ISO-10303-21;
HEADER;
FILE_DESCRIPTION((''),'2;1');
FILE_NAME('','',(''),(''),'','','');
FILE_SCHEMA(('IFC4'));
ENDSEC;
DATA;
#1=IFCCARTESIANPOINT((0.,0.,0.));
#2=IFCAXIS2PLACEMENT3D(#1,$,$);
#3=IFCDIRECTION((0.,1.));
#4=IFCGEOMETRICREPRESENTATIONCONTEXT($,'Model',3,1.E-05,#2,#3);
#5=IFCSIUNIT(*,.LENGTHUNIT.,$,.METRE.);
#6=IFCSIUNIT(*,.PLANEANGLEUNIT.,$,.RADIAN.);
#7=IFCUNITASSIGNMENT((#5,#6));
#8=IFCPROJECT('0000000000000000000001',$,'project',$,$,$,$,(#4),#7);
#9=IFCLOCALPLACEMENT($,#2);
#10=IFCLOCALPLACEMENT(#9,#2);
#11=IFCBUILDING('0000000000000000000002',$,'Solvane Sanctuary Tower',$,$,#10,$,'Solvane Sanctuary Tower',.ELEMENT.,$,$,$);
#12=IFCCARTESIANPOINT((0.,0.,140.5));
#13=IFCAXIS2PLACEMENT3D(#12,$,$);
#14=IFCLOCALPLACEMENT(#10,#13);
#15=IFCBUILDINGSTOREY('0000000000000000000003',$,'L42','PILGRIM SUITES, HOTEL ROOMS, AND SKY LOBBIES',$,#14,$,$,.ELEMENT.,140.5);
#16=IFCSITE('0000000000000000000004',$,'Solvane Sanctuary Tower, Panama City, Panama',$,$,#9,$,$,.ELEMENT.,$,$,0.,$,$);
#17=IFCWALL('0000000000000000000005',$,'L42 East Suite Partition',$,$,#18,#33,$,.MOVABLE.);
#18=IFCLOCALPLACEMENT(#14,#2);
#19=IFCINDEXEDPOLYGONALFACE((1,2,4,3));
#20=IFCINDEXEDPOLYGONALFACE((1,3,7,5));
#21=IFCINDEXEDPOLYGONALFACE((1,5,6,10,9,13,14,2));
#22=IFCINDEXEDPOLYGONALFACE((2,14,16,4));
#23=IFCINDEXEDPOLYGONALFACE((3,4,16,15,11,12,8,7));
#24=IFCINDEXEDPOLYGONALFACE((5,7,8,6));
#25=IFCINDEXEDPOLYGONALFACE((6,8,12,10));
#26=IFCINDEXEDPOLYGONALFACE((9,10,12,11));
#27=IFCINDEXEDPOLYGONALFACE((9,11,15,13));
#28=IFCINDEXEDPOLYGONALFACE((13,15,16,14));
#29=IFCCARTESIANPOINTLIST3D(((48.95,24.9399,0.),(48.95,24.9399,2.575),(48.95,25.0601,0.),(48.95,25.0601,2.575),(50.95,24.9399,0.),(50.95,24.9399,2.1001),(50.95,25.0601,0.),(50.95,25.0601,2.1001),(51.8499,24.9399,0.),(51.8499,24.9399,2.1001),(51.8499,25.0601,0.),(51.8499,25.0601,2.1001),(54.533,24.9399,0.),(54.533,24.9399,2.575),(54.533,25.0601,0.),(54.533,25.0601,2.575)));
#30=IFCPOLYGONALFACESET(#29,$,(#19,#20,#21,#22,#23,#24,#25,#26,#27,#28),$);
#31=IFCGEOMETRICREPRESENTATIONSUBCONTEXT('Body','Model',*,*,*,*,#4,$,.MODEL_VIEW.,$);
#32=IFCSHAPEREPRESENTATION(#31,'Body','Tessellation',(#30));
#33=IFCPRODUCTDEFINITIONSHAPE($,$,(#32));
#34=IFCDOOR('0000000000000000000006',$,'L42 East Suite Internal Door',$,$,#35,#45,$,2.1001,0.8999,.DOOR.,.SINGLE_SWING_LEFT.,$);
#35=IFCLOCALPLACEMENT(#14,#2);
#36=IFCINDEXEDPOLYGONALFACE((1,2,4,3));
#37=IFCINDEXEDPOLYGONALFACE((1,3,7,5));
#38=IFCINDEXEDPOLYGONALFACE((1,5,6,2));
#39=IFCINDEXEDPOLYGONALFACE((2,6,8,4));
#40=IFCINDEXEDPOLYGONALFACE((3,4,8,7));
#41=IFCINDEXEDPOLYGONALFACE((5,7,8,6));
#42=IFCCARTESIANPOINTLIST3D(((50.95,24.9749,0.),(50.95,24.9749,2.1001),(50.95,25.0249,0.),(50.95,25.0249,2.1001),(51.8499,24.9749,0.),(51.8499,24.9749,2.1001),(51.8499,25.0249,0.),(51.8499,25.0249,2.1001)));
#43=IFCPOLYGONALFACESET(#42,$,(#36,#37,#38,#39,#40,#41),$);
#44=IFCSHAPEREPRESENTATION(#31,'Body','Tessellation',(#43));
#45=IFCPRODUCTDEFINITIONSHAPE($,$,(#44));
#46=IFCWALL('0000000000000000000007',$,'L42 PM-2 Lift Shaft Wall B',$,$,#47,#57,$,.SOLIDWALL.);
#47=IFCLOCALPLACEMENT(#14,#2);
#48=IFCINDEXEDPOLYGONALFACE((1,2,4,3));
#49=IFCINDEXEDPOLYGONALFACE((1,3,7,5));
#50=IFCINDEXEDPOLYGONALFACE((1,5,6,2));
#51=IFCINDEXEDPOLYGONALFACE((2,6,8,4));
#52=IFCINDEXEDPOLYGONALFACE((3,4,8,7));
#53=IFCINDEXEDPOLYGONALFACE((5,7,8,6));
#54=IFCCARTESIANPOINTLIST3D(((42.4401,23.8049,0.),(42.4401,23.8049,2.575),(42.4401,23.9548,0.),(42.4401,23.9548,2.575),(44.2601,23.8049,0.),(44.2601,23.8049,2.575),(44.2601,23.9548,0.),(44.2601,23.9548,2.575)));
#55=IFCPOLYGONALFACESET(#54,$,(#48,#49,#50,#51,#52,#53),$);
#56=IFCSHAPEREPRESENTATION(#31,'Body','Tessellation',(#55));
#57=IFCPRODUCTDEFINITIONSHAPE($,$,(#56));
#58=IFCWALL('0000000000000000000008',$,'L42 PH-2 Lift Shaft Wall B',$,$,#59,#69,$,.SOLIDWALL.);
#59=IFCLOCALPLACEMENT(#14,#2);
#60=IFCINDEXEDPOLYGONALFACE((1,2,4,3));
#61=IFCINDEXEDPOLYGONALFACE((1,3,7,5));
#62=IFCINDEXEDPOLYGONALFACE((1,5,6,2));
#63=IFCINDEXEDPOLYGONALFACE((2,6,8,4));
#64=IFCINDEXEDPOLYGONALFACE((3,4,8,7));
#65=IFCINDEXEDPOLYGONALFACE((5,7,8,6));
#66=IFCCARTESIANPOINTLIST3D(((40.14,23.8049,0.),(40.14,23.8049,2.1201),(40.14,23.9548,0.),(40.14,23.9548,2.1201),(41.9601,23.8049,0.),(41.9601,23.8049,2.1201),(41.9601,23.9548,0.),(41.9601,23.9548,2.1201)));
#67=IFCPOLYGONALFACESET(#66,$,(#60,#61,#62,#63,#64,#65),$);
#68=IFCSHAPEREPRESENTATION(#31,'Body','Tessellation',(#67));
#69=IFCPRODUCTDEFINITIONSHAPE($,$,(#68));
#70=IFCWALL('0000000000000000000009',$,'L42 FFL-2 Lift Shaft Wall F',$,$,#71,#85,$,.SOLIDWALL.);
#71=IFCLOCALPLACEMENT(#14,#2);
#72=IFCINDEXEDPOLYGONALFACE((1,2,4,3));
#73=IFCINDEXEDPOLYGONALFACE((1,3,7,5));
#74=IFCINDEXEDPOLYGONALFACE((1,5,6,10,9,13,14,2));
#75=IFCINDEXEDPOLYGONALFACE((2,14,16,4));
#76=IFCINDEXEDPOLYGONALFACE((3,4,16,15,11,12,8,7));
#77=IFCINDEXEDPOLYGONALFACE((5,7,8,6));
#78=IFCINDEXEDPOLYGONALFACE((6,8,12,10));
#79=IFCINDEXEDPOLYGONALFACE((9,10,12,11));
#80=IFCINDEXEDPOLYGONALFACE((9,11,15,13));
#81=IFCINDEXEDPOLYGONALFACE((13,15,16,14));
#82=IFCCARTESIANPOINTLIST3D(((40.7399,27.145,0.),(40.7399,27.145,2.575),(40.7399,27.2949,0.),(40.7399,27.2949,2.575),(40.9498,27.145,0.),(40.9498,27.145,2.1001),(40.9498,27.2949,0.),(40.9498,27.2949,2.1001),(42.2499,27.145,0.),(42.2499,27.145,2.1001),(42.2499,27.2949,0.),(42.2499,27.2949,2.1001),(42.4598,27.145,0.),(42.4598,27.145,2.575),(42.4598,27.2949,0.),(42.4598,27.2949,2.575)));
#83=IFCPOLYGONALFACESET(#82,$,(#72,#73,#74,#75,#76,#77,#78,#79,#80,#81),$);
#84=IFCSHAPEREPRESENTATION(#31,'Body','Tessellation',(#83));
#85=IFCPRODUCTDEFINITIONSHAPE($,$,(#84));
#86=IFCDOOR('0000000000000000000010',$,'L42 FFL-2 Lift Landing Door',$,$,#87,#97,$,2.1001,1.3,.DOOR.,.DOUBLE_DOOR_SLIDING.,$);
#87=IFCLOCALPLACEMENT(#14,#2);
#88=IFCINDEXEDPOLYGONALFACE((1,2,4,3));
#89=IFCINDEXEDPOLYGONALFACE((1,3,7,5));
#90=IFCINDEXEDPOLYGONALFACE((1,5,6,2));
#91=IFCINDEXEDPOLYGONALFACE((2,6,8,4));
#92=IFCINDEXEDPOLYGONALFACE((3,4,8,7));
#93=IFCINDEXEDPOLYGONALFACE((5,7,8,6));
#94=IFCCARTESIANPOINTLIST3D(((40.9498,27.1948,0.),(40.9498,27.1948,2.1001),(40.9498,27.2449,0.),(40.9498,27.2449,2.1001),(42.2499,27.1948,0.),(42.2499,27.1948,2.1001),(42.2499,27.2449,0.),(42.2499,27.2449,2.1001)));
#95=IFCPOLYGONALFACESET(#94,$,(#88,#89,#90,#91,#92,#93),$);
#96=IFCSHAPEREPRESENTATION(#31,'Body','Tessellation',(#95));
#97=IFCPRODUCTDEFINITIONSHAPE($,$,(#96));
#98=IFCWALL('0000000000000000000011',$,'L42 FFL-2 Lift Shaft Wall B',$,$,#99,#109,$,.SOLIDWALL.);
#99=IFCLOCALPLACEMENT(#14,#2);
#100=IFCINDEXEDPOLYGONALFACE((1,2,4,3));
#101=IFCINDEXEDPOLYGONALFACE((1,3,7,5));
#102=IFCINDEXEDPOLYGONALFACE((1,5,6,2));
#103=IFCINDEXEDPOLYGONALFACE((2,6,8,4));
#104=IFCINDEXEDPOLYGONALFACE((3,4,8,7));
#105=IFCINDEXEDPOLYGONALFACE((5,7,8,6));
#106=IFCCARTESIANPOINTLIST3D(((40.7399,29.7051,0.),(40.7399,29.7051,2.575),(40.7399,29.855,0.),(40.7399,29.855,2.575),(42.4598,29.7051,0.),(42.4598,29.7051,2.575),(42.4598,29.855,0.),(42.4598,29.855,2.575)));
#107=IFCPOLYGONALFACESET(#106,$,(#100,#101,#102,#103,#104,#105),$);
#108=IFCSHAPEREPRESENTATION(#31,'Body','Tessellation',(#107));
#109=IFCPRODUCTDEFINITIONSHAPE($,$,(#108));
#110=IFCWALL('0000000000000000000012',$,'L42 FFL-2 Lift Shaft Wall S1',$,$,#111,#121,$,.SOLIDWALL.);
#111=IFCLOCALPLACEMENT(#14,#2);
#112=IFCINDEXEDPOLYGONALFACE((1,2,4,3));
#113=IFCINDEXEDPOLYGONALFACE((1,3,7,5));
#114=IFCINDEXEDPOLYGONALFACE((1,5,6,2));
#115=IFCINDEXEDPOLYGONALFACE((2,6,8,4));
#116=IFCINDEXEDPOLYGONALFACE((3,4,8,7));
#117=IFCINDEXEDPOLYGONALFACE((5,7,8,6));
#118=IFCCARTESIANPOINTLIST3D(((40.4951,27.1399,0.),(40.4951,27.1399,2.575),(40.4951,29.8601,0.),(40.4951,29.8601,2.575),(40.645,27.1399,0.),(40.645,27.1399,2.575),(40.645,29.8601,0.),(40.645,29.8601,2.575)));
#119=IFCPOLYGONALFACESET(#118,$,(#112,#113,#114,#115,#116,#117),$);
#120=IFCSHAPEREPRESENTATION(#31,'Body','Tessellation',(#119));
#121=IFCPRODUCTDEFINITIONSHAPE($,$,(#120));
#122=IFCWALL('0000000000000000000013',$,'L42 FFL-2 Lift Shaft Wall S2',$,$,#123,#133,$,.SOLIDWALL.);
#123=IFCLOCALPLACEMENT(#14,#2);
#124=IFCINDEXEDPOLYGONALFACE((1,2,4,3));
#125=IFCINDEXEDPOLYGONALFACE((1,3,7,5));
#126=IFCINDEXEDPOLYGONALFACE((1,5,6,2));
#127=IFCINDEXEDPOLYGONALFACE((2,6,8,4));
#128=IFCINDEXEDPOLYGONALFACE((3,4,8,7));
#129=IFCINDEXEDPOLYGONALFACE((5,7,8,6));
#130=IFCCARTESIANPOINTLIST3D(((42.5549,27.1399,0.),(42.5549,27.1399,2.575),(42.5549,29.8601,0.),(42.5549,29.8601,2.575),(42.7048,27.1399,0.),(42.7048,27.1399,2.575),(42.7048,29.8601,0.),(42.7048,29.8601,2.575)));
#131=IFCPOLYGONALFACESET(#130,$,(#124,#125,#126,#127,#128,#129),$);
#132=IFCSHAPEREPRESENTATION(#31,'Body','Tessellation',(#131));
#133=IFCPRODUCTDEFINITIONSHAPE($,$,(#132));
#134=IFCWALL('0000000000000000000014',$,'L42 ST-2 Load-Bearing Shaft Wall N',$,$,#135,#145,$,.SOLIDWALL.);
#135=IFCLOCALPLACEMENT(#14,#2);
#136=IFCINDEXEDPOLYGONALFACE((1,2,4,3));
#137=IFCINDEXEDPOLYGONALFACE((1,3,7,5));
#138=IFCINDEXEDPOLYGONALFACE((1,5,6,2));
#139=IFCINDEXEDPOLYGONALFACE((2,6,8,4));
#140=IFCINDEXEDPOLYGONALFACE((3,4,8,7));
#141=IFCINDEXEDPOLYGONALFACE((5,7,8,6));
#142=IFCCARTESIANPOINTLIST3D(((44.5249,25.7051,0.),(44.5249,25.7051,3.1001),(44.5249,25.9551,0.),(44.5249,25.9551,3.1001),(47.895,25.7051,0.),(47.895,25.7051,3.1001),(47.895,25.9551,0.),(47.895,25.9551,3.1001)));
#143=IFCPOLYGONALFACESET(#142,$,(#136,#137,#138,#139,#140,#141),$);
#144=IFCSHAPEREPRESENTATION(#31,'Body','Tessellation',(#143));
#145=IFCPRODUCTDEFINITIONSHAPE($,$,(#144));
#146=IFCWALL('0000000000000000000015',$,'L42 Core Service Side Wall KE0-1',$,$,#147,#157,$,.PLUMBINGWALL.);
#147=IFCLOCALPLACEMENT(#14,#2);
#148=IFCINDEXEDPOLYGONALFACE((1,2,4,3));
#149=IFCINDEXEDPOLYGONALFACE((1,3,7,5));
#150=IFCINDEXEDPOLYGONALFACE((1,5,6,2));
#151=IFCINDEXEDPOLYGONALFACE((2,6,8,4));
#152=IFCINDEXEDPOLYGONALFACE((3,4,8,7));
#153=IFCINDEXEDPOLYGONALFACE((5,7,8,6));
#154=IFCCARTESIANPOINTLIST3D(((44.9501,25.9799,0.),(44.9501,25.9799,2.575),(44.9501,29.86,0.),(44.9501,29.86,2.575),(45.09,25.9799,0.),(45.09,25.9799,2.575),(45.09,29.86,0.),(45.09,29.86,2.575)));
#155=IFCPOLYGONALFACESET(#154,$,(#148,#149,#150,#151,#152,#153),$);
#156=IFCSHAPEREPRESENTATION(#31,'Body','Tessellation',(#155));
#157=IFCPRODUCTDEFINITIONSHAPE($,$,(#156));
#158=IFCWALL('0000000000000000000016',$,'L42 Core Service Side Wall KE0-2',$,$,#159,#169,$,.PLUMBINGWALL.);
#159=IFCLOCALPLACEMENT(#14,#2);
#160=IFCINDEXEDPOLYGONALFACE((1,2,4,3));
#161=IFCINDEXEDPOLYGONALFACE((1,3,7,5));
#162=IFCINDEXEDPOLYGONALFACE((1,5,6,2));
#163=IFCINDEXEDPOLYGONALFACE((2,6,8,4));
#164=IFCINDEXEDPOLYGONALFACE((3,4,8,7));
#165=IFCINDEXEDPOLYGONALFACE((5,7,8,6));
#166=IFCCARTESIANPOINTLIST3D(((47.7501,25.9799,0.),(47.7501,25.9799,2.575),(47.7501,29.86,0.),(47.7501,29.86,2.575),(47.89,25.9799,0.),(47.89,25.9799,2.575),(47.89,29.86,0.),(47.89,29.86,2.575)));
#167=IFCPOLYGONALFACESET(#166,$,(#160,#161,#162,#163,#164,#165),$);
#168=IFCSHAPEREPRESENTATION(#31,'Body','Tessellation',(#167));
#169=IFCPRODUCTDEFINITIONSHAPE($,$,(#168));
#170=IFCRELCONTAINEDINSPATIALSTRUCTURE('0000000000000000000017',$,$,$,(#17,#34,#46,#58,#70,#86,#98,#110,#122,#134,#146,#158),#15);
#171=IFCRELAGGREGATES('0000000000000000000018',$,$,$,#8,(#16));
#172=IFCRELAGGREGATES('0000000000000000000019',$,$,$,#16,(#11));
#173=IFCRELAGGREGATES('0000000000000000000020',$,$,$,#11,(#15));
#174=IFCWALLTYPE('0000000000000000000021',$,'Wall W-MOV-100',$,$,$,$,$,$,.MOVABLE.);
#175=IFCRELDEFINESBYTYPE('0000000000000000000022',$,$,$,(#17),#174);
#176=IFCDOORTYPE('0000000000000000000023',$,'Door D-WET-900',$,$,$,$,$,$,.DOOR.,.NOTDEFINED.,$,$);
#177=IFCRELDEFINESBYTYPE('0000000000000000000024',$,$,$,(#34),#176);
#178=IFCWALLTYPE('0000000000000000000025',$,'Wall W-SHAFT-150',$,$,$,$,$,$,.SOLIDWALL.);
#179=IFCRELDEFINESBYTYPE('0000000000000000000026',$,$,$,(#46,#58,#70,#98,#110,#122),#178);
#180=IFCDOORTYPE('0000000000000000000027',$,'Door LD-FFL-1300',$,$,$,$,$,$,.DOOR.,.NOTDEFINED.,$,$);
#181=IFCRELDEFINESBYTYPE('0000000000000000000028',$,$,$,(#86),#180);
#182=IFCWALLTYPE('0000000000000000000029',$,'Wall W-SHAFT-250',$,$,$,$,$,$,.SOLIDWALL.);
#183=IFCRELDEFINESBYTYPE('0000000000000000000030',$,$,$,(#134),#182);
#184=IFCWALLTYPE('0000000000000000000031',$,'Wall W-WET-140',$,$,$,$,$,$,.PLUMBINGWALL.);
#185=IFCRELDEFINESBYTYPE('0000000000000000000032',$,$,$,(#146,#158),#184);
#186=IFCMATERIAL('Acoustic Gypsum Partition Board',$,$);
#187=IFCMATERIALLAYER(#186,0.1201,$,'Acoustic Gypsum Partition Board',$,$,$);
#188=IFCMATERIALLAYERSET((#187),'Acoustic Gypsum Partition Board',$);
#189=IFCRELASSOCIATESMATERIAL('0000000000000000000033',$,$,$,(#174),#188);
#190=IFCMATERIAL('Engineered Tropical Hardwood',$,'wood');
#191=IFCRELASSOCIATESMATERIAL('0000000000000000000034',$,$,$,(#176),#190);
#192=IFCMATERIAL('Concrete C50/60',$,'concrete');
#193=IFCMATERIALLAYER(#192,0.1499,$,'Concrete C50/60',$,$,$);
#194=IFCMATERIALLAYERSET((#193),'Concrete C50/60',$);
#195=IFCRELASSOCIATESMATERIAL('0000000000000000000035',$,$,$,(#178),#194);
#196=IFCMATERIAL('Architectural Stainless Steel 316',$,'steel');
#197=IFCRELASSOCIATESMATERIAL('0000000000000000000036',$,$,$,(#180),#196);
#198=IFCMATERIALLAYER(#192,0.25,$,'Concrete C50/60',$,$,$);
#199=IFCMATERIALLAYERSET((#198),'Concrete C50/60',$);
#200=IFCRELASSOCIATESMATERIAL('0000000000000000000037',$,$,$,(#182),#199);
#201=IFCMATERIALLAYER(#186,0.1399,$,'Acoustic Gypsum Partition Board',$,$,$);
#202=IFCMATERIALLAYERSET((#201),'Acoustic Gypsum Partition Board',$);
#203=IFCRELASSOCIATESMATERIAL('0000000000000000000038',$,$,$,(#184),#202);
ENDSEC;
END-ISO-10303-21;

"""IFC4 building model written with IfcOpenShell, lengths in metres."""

from ifc_helpers import new_model, si_unit, direction, frame, frame_2d, origin, place, context, subcontext, project, spatial, rectangle, extrude, material, layer, layer_set, type_object, element, fill, save


model = new_model("IFC4")

# Units and contexts
model_context = context("Model", 3, precision=1e-05, world=origin(), true_north=direction((0.0, 1.0)))
body_context = subcontext(model_context, "Body", "Model", "MODEL_VIEW")
ifc_project = project(units=[si_unit("LENGTHUNIT", "METRE"), si_unit("PLANEANGLEUNIT", "RADIAN")], contexts=[model_context])

# Site, building, storey
site_placement = place(None, origin())
site = spatial("IfcSite", under=ifc_project, at=site_placement, Name="Solvane Sanctuary Tower, Panama City, Panama", CompositionType="ELEMENT", RefElevation=0.0)
building_placement = place(site_placement, origin())
building = spatial("IfcBuilding", under=site, at=building_placement, Name="Solvane Sanctuary Tower", LongName="Solvane Sanctuary Tower", CompositionType="ELEMENT")
storey_placement = place(building_placement, frame((0.0, 0.0, 140.5)))
storey = spatial("IfcBuildingStorey", under=building, at=storey_placement, Name="L42", Description="PILGRIM SUITES, HOTEL ROOMS, AND SKY LOBBIES", CompositionType="ELEMENT", Elevation=140.5)

# Shared definitions
ifc_material_1 = material(Name="Acoustic Gypsum Partition Board")

# Shared definitions
ifc_material_2 = material(Name="Architectural Stainless Steel 316", Category="steel")

# Wall, opening, door
ifc_layer_1 = layer(ifc_material_1, 0.1201, Name="Acoustic Gypsum Partition Board")
ifc_layer_set_1 = layer_set([ifc_layer_1], Name="Acoustic Gypsum Partition Board")
wall_type_1 = type_object("IfcWallType", Name="Wall W-MOV-100", PredefinedType="MOVABLE", material=ifc_layer_set_1)
wall_1_placement = place(storey_placement, frame((48.95, 25.0, 0.0), z_axis=(0.0, 0.0, 1.0), x_axis=(1.0, 0.0, 0.0)))
wall_1 = element("IfcWall", 1, at=wall_1_placement, inside=storey, type_object=wall_type_1, Name="L42 East Suite Partition", PredefinedType="MOVABLE", context=body_context, shape_type="SweptSolid", body=[
    extrude(rectangle(XDim=5.583, YDim=0.1201, at=frame_2d((2.7915, 0.0))), origin(), (0.0, 0.0, 1.0), 2.575),
])
opening_1_placement = place(wall_1_placement, frame((2.0, 0.0, 0.0)))
opening_1 = element("IfcOpeningElement", 2, at=opening_1_placement, cuts=wall_1, PredefinedType="OPENING", context=body_context, shape_type="SweptSolid", body=[
    extrude(rectangle(XDim=0.8999, YDim=2.1001, at=frame_2d((0.45, 1.05))), frame((0.0, 0.0701, 0.0), z_axis=(0.0, -1.0, 0.0), x_axis=(1.0, 0.0, 0.0)), (0.0, 0.0, 1.0), 0.1401),
])
ifc_material_3 = material(Name="Engineered Tropical Hardwood", Category="wood")
door_type_1 = type_object("IfcDoorType", Name="Door D-WET-900", OperationType="NOTDEFINED", PredefinedType="DOOR", material=ifc_material_3)
door_1_placement = place(opening_1_placement, origin())
door_1 = element("IfcDoor", 3, at=door_1_placement, inside=storey, type_object=door_type_1, Name="L42 East Suite Internal Door", OperationType="SINGLE_SWING_LEFT", OverallHeight=2.1001, OverallWidth=0.8999, PredefinedType="DOOR", context=body_context, shape_type="SweptSolid", body=[
    extrude(rectangle(XDim=0.8999, YDim=2.1001, at=frame_2d((0.45, 1.05))), frame((0.0, 0.0249, 0.0), z_axis=(0.0, -1.0, 0.0), x_axis=(1.0, 0.0, 0.0)), (0.0, 0.0, 1.0), 0.05),
])
fill(opening_1, door_1)

# Walls
ifc_material_4 = material(Name="Concrete C50/60", Category="concrete")
ifc_layer_2 = layer(ifc_material_4, 0.1499, Name="Concrete C50/60")
ifc_layer_set_2 = layer_set([ifc_layer_2], Name="Concrete C50/60")
wall_type_2 = type_object("IfcWallType", Name="Wall W-SHAFT-150", PredefinedType="SOLIDWALL", material=ifc_layer_set_2)
wall_2_placement = place(storey_placement, frame((42.4399, 23.8799, 0.0), z_axis=(0.0, 0.0, 1.0), x_axis=(1.0, 0.0, 0.0)))
element("IfcWall", 4, at=wall_2_placement, inside=storey, type_object=wall_type_2, Name="L42 PM-2 Lift Shaft Wall B", PredefinedType="SOLIDWALL", context=body_context, shape_type="SweptSolid", body=[
    extrude(rectangle(XDim=1.8201, YDim=0.1499, at=frame_2d((0.9102, 0.0))), origin(), (0.0, 0.0, 1.0), 2.575),
])
wall_3_placement = place(storey_placement, frame((40.1399, 23.8799, 0.0), z_axis=(0.0, 0.0, 1.0), x_axis=(1.0, 0.0, 0.0)))
element("IfcWall", 5, at=wall_3_placement, inside=storey, type_object=wall_type_2, Name="L42 PH-2 Lift Shaft Wall B", PredefinedType="SOLIDWALL", context=body_context, shape_type="SweptSolid", body=[
    extrude(rectangle(XDim=1.8201, YDim=0.1499, at=frame_2d((0.9102, 0.0))), origin(), (0.0, 0.0, 1.0), 2.1201),
])

# Wall, opening, door
wall_4_placement = place(storey_placement, frame((40.74, 27.22, 0.0), z_axis=(0.0, 0.0, 1.0), x_axis=(1.0, 0.0, 0.0)))
wall_4 = element("IfcWall", 6, at=wall_4_placement, inside=storey, type_object=wall_type_2, Name="L42 FFL-2 Lift Shaft Wall F", PredefinedType="SOLIDWALL", context=body_context, shape_type="SweptSolid", body=[
    extrude(rectangle(XDim=1.72, YDim=0.1499, at=frame_2d((0.8599, 0.0))), origin(), (0.0, 0.0, 1.0), 2.575),
])
opening_2_placement = place(wall_4_placement, frame((0.21, 0.0, 0.0)))
opening_2 = element("IfcOpeningElement", 7, at=opening_2_placement, cuts=wall_4, PredefinedType="OPENING", context=body_context, shape_type="SweptSolid", body=[
    extrude(rectangle(XDim=1.3, YDim=2.1001, at=frame_2d((0.6499, 1.05))), frame((0.0, 0.085, 0.0), z_axis=(0.0, -1.0, 0.0), x_axis=(1.0, 0.0, 0.0)), (0.0, 0.0, 1.0), 0.1699),
])
door_type_2 = type_object("IfcDoorType", Name="Door LD-FFL-1300", OperationType="NOTDEFINED", PredefinedType="DOOR", material=ifc_material_2)
door_2_placement = place(opening_2_placement, origin())
door_2 = element("IfcDoor", 8, at=door_2_placement, inside=storey, type_object=door_type_2, Name="L42 FFL-2 Lift Landing Door", OperationType="DOUBLE_DOOR_SLIDING", OverallHeight=2.1001, OverallWidth=1.3, PredefinedType="DOOR", context=body_context, shape_type="SweptSolid", body=[
    extrude(rectangle(XDim=1.3, YDim=2.1001, at=frame_2d((0.6499, 1.05))), frame((0.0, 0.0249, 0.0), z_axis=(0.0, -1.0, 0.0), x_axis=(1.0, 0.0, 0.0)), (0.0, 0.0, 1.0), 0.05),
])
fill(opening_2, door_2)

# Walls
wall_5_placement = place(storey_placement, frame((40.74, 29.78, 0.0), z_axis=(0.0, 0.0, 1.0), x_axis=(1.0, 0.0, 0.0)))
element("IfcWall", 9, at=wall_5_placement, inside=storey, type_object=wall_type_2, Name="L42 FFL-2 Lift Shaft Wall B", PredefinedType="SOLIDWALL", context=body_context, shape_type="SweptSolid", body=[
    extrude(rectangle(XDim=1.72, YDim=0.1499, at=frame_2d((0.8599, 0.0))), origin(), (0.0, 0.0, 1.0), 2.575),
])
for number, where, z_axis, x_axis, name in (
    (10, (40.5701, 27.1399, 0.0), (0.0, 0.0, 1.0), (0.0, 1.0, 0.0), "L42 FFL-2 Lift Shaft Wall S1"),
    (11, (42.6299, 27.1399, 0.0), (0.0, 0.0, 1.0), (0.0, 1.0, 0.0), "L42 FFL-2 Lift Shaft Wall S2"),
):
    element("IfcWall", number, at=place(storey_placement, frame(where, z_axis=z_axis, x_axis=x_axis)), inside=storey, type_object=wall_type_2, Name=name, PredefinedType="SOLIDWALL", context=body_context, shape_type="SweptSolid", body=[
        extrude(rectangle(XDim=2.7202, YDim=0.1499, at=frame_2d((1.3601, 0.0))), origin(), (0.0, 0.0, 1.0), 2.575),
    ])
ifc_layer_3 = layer(ifc_material_4, 0.25, Name="Concrete C50/60")
ifc_layer_set_3 = layer_set([ifc_layer_3], Name="Concrete C50/60")
wall_type_3 = type_object("IfcWallType", Name="Wall W-SHAFT-250", PredefinedType="SOLIDWALL", material=ifc_layer_set_3)
wall_6_placement = place(storey_placement, frame((44.5249, 25.8301, 0.0), z_axis=(0.0, 0.0, 1.0), x_axis=(1.0, 0.0, 0.0)))
element("IfcWall", 12, at=wall_6_placement, inside=storey, type_object=wall_type_3, Name="L42 ST-2 Load-Bearing Shaft Wall N", PredefinedType="SOLIDWALL", context=body_context, shape_type="SweptSolid", body=[
    extrude(rectangle(XDim=3.3701, YDim=0.25, at=frame_2d((1.6851, 0.0))), origin(), (0.0, 0.0, 1.0), 3.1001),
])
ifc_layer_4 = layer(ifc_material_1, 0.1399, Name="Acoustic Gypsum Partition Board")
ifc_layer_set_4 = layer_set([ifc_layer_4], Name="Acoustic Gypsum Partition Board")
wall_type_4 = type_object("IfcWallType", Name="Wall W-WET-140", PredefinedType="PLUMBINGWALL", material=ifc_layer_set_4)
for number, where, z_axis, x_axis, name in (
    (13, (45.02, 25.98, 0.0), (0.0, 0.0, 1.0), (0.0, 1.0, 0.0), "L42 Core Service Side Wall KE0-1"),
    (14, (47.8201, 25.98, 0.0), (0.0, 0.0, 1.0), (0.0, 1.0, 0.0), "L42 Core Service Side Wall KE0-2"),
):
    element("IfcWall", number, at=place(storey_placement, frame(where, z_axis=z_axis, x_axis=x_axis)), inside=storey, type_object=wall_type_4, Name=name, PredefinedType="PLUMBINGWALL", context=body_context, shape_type="SweptSolid", body=[
        extrude(rectangle(XDim=3.8801, YDim=0.1399, at=frame_2d((1.9399, 0.0))), origin(), (0.0, 0.0, 1.0), 2.575),
    ])

save(model, "model.ifc")
